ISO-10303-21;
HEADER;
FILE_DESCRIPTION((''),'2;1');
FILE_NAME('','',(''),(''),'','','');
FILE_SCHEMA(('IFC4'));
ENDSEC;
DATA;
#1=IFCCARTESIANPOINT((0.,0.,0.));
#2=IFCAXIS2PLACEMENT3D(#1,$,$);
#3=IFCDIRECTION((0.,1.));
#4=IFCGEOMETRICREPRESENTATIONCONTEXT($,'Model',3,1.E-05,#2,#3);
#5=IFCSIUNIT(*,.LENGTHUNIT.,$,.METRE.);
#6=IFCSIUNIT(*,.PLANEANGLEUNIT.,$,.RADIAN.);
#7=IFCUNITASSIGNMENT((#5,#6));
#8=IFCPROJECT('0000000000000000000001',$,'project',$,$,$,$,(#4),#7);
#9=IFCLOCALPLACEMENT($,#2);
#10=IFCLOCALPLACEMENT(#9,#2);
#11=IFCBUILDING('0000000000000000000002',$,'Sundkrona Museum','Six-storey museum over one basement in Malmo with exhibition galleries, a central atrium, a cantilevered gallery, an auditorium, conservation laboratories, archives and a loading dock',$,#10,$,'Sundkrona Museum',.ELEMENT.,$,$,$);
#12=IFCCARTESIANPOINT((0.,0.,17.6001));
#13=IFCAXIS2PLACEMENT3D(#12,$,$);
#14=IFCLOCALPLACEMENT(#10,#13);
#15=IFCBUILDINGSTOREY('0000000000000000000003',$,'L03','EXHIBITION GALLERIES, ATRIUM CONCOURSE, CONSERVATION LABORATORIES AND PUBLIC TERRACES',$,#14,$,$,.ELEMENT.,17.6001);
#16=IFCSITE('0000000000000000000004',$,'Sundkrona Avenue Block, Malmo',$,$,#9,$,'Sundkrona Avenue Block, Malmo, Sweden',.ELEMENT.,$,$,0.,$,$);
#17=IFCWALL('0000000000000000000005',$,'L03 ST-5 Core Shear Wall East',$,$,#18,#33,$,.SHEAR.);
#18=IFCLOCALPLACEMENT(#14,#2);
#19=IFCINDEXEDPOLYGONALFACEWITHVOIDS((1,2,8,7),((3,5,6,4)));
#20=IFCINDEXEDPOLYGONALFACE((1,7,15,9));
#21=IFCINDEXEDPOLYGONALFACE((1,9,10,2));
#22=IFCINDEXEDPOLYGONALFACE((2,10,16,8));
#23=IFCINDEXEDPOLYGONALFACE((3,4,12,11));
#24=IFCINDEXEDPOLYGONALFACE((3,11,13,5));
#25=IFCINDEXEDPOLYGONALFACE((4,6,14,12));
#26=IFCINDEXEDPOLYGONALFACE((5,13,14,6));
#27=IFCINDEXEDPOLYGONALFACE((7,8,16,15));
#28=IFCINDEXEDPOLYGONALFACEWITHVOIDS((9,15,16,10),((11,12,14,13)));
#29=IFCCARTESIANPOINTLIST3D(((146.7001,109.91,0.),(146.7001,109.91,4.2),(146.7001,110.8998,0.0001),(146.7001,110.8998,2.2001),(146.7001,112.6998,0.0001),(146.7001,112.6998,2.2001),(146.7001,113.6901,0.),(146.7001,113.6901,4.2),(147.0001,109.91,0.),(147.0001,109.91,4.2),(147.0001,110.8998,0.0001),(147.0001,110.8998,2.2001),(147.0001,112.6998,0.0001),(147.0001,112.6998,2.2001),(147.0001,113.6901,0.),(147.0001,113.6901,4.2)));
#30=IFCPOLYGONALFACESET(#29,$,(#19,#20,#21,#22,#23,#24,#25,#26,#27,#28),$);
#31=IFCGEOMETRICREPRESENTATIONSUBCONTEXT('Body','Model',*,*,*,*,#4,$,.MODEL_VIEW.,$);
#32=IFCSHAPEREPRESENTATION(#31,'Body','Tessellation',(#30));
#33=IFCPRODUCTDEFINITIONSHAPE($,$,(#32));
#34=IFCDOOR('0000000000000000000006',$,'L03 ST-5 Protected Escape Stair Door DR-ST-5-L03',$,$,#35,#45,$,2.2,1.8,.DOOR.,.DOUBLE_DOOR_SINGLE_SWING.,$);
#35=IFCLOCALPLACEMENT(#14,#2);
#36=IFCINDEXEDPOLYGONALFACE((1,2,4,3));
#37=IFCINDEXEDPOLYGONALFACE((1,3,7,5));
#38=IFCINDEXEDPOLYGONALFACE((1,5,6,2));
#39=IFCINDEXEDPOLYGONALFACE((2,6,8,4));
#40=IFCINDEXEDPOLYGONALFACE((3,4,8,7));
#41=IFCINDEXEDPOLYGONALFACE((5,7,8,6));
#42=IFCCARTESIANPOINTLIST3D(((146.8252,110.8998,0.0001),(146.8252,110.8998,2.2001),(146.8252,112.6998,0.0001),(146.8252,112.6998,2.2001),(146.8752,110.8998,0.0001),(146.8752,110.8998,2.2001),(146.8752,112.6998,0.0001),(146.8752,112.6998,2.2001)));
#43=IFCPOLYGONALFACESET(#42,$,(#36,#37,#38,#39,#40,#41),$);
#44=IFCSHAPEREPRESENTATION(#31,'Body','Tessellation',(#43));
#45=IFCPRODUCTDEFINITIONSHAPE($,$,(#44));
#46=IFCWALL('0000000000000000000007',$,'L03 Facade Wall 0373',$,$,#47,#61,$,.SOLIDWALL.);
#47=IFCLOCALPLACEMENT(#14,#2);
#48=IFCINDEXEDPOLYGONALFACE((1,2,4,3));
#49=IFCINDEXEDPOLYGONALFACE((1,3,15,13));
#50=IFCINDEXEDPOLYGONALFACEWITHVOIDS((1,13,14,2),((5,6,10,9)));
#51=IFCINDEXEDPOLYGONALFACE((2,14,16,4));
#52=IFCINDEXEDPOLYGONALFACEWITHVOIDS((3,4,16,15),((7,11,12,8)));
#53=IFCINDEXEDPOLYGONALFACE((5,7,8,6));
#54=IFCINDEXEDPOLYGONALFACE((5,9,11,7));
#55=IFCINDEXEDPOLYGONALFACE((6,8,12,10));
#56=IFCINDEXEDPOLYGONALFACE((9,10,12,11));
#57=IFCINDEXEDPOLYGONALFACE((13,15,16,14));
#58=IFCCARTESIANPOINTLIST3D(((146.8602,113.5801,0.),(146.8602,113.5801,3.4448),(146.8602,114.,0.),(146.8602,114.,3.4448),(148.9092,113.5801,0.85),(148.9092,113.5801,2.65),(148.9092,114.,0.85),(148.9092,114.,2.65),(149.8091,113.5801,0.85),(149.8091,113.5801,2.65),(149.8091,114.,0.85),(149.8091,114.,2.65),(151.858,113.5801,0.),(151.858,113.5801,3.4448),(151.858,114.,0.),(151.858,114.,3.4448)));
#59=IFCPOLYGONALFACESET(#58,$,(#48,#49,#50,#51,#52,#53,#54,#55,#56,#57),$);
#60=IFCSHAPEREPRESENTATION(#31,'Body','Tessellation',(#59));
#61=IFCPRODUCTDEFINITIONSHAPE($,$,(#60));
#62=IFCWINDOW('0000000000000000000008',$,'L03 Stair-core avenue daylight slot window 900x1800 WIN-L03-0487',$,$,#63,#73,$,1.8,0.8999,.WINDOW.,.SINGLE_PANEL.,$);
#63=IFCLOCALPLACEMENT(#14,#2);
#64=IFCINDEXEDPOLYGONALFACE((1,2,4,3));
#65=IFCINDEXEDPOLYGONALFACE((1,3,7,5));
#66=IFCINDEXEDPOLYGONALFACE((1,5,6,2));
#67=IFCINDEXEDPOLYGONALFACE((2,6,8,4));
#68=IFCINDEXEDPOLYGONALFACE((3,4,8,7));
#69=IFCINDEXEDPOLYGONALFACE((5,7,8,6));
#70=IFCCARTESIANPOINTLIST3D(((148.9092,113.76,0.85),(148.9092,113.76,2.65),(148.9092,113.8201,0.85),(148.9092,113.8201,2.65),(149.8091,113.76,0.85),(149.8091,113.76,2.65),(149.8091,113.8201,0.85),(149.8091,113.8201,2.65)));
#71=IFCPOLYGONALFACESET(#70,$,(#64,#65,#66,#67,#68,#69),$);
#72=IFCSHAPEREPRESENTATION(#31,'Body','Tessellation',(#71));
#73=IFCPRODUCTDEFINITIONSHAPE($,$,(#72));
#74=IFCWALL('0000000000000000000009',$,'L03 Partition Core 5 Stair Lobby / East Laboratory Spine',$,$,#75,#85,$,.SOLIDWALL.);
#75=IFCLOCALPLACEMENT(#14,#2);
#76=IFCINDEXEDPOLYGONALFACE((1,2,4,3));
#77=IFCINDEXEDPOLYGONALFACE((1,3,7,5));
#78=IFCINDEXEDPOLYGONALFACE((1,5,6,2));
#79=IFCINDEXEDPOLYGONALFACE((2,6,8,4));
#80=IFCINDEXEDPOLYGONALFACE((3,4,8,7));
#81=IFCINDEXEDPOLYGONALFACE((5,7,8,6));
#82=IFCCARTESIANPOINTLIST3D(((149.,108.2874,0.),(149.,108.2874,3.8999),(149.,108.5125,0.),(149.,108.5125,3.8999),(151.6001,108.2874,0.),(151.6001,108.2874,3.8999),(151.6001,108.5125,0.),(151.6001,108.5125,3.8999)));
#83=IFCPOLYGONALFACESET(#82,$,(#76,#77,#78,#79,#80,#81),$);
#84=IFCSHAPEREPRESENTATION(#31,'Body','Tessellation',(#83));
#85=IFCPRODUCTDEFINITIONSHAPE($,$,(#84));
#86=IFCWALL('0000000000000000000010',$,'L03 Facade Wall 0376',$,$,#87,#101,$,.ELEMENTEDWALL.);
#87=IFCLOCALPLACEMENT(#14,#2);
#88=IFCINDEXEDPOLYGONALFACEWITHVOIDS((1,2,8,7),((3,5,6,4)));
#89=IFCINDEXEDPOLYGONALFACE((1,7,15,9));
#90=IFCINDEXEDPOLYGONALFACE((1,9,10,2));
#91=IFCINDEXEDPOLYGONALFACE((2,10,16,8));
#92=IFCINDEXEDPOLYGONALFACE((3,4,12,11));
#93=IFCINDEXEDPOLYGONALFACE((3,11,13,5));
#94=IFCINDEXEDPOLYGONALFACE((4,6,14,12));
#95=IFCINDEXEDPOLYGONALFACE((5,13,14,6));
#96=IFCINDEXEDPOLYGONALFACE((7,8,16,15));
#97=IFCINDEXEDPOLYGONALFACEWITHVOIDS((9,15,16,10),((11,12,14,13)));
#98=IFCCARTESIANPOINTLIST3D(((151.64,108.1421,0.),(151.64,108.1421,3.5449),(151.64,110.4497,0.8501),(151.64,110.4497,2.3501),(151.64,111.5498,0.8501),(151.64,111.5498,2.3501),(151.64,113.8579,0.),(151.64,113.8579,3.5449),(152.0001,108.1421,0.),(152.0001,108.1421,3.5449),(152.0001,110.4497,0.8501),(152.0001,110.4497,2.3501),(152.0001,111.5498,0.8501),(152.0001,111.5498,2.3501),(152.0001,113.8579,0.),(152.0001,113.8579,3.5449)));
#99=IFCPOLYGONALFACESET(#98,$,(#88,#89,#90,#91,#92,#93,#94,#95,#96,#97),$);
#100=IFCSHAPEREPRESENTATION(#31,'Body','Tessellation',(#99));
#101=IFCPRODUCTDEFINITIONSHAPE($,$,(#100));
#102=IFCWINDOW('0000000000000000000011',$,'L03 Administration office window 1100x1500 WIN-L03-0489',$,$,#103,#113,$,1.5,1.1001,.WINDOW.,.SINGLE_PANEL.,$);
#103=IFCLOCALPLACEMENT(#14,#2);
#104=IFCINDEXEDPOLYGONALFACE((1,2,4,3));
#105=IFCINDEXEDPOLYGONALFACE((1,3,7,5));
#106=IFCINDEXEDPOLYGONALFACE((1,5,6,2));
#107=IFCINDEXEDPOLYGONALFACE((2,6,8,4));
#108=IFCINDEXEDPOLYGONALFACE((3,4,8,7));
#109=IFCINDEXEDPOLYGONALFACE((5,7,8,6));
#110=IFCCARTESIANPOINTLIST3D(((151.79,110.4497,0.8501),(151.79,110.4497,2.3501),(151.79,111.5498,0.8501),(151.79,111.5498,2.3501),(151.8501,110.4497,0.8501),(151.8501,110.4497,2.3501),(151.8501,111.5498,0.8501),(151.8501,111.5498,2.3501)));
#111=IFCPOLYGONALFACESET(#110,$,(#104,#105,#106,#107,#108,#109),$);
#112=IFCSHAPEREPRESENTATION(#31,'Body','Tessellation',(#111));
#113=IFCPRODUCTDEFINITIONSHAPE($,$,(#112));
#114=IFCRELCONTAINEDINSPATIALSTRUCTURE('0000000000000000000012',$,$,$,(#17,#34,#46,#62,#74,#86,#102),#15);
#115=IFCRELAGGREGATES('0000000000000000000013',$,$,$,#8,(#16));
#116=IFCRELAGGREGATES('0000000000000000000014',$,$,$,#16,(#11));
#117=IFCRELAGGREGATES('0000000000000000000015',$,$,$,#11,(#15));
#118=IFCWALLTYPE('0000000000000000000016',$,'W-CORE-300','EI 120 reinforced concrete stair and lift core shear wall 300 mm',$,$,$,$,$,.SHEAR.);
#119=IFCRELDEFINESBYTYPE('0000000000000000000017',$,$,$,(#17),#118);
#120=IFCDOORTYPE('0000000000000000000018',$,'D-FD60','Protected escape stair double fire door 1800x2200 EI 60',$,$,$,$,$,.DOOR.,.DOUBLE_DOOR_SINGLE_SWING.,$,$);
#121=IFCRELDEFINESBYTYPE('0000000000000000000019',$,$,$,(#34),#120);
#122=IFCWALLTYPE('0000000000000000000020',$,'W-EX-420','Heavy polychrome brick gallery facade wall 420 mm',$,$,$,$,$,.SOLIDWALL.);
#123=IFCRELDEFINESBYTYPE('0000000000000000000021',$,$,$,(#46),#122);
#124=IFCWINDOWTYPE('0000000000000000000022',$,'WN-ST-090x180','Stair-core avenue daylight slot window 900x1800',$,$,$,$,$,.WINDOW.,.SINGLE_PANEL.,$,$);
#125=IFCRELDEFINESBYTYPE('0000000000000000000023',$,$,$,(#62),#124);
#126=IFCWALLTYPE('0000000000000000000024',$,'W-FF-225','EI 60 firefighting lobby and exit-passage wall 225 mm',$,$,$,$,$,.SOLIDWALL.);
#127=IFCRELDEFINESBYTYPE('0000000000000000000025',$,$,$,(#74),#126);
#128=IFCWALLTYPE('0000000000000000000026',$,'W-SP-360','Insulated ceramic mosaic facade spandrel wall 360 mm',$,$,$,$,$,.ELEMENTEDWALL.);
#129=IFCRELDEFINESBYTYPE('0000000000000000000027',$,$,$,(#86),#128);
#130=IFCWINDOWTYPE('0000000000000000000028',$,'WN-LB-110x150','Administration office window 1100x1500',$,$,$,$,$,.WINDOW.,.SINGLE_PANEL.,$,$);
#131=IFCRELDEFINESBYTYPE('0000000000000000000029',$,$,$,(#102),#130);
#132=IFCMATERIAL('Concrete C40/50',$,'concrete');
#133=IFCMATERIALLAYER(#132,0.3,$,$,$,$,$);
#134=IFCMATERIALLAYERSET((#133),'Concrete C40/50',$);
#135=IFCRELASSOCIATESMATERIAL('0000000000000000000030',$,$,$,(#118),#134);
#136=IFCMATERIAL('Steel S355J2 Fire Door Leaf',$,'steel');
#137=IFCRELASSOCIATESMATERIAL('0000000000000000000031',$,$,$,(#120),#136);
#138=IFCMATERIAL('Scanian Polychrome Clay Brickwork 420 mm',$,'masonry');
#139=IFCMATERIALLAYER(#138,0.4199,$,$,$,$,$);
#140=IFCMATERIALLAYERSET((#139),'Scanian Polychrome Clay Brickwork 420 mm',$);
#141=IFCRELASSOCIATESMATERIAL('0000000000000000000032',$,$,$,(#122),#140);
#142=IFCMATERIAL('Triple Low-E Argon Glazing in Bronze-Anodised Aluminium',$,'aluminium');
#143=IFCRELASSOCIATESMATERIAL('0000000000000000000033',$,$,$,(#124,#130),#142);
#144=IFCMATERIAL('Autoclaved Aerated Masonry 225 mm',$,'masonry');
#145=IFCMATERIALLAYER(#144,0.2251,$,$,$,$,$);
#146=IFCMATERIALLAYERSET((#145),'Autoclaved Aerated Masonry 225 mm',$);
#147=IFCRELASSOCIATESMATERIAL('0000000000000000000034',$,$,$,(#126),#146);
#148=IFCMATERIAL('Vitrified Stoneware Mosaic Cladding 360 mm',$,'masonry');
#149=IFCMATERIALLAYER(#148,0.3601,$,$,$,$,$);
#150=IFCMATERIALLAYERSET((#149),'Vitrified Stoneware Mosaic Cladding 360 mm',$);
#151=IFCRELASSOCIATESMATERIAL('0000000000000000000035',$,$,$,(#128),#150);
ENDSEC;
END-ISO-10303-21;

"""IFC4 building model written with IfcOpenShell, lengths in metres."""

from ifc_helpers import new_model, si_unit, direction, frame, frame_2d, origin, place, context, subcontext, project, spatial, rectangle, extrude, material, layer, layer_set, type_object, element, fill, save


model = new_model("IFC4")

# Units and contexts
model_context = context("Model", 3, precision=1e-05, world=origin(), true_north=direction((0.0, 1.0)))
body_context = subcontext(model_context, "Body", "Model", "MODEL_VIEW")
ifc_project = project(units=[si_unit("LENGTHUNIT", "METRE"), si_unit("PLANEANGLEUNIT", "RADIAN")], contexts=[model_context])

# Site, building, storey
site_placement = place(None, origin())
site = spatial("IfcSite", under=ifc_project, at=site_placement, Name="Sundkrona Avenue Block, Malmo", LongName="Sundkrona Avenue Block, Malmo, Sweden", CompositionType="ELEMENT", RefElevation=0.0)
building_placement = place(site_placement, origin())
building = spatial("IfcBuilding", under=site, at=building_placement, Name="Sundkrona Museum", Description="Six-storey museum over one basement in Malmo with exhibition galleries, a central atrium, a cantilevered gallery, an auditorium, conservation laboratories, archives and a loading dock", LongName="Sundkrona Museum", CompositionType="ELEMENT")
storey_placement = place(building_placement, frame((0.0, 0.0, 17.6001)))
storey = spatial("IfcBuildingStorey", under=building, at=storey_placement, Name="L03", Description="EXHIBITION GALLERIES, ATRIUM CONCOURSE, CONSERVATION LABORATORIES AND PUBLIC TERRACES", CompositionType="ELEMENT", Elevation=17.6001)

# Wall, opening, door
ifc_material_1 = material(Name="Concrete C40/50", Category="concrete")
ifc_layer_1 = layer(ifc_material_1, 0.3)
ifc_layer_set_1 = layer_set([ifc_layer_1], Name="Concrete C40/50")
wall_type_1 = type_object("IfcWallType", Name="W-CORE-300", Description="EI 120 reinforced concrete stair and lift core shear wall 300 mm", PredefinedType="SHEAR", material=ifc_layer_set_1)
wall_1_placement = place(storey_placement, frame((146.8501, 109.9099, 0.0), z_axis=(0.0, 0.0, 1.0), x_axis=(0.0, 1.0, 0.0)))
wall_1 = element("IfcWall", 1, at=wall_1_placement, inside=storey, type_object=wall_type_1, Name="L03 ST-5 Core Shear Wall East", PredefinedType="SHEAR", context=body_context, shape_type="SweptSolid", body=[
    extrude(rectangle(XDim=3.78, YDim=0.3, at=frame_2d((1.8901, 0.0))), origin(), (0.0, 0.0, 1.0), 4.2),
])
opening_1_placement = place(wall_1_placement, frame((0.99, 0.0, 0.0)))
opening_1 = element("IfcOpeningElement", 2, at=opening_1_placement, cuts=wall_1, PredefinedType="OPENING", context=body_context, shape_type="SweptSolid", body=[
    extrude(rectangle(XDim=1.8, YDim=2.2, at=frame_2d((0.8999, 1.1001))), frame((0.0, 0.1599, 0.0), z_axis=(0.0, -1.0, 0.0), x_axis=(1.0, 0.0, 0.0)), (0.0, 0.0, 1.0), 0.3201),
])
ifc_material_2 = material(Name="Steel S355J2 Fire Door Leaf", Category="steel")
door_type = type_object("IfcDoorType", Name="D-FD60", Description="Protected escape stair double fire door 1800x2200 EI 60", OperationType="DOUBLE_DOOR_SINGLE_SWING", PredefinedType="DOOR", material=ifc_material_2)
door_placement = place(opening_1_placement, origin())
door = element("IfcDoor", 3, at=door_placement, inside=storey, type_object=door_type, Name="L03 ST-5 Protected Escape Stair Door DR-ST-5-L03", OperationType="DOUBLE_DOOR_SINGLE_SWING", OverallHeight=2.2, OverallWidth=1.8, PredefinedType="DOOR", context=body_context, shape_type="SweptSolid", body=[
    extrude(rectangle(XDim=1.8, YDim=2.2, at=frame_2d((0.8999, 1.1001))), frame((0.0, 0.0249, 0.0), z_axis=(0.0, -1.0, 0.0), x_axis=(1.0, 0.0, 0.0)), (0.0, 0.0, 1.0), 0.05),
])
fill(opening_1, door)

# Wall, opening, window
ifc_material_3 = material(Name="Scanian Polychrome Clay Brickwork 420 mm", Category="masonry")
ifc_layer_2 = layer(ifc_material_3, 0.4199)
ifc_layer_set_2 = layer_set([ifc_layer_2], Name="Scanian Polychrome Clay Brickwork 420 mm")
wall_type_2 = type_object("IfcWallType", Name="W-EX-420", Description="Heavy polychrome brick gallery facade wall 420 mm", PredefinedType="SOLIDWALL", material=ifc_layer_set_2)
wall_2_placement = place(storey_placement, frame((146.8601, 113.79, 0.0), z_axis=(0.0, 0.0, 1.0), x_axis=(1.0, 0.0, 0.0)))
wall_2 = element("IfcWall", 4, at=wall_2_placement, inside=storey, type_object=wall_type_2, Name="L03 Facade Wall 0373", PredefinedType="SOLIDWALL", context=body_context, shape_type="SweptSolid", body=[
    extrude(rectangle(XDim=4.9978, YDim=0.4199, at=frame_2d((2.499, 0.0))), origin(), (0.0, 0.0, 1.0), 3.4448),
])
opening_2_placement = place(wall_2_placement, frame((2.0491, 0.0, 0.8501)))
opening_2 = element("IfcOpeningElement", 5, at=opening_2_placement, cuts=wall_2, PredefinedType="OPENING", context=body_context, shape_type="SweptSolid", body=[
    extrude(rectangle(XDim=0.8999, YDim=1.8, at=frame_2d((0.45, 0.8999))), frame((0.0, 0.22, 0.0), z_axis=(0.0, -1.0, 0.0), x_axis=(1.0, 0.0, 0.0)), (0.0, 0.0, 1.0), 0.4399),
])
ifc_material_4 = material(Name="Triple Low-E Argon Glazing in Bronze-Anodised Aluminium", Category="aluminium")
window_type_1 = type_object("IfcWindowType", Name="WN-ST-090x180", Description="Stair-core avenue daylight slot window 900x1800", PartitioningType="SINGLE_PANEL", PredefinedType="WINDOW", material=ifc_material_4)
window_1_placement = place(opening_2_placement, origin())
window_1 = element("IfcWindow", 6, at=window_1_placement, inside=storey, type_object=window_type_1, Name="L03 Stair-core avenue daylight slot window 900x1800 WIN-L03-0487", OverallHeight=1.8, OverallWidth=0.8999, PartitioningType="SINGLE_PANEL", PredefinedType="WINDOW", context=body_context, shape_type="SweptSolid", body=[
    extrude(rectangle(XDim=0.8999, YDim=1.8, at=frame_2d((0.45, 0.8999))), frame((0.0, 0.03, 0.0), z_axis=(0.0, -1.0, 0.0), x_axis=(1.0, 0.0, 0.0)), (0.0, 0.0, 1.0), 0.0601),
])
fill(opening_2, window_1)

# Wall
ifc_material_5 = material(Name="Autoclaved Aerated Masonry 225 mm", Category="masonry")
ifc_layer_3 = layer(ifc_material_5, 0.2251)
ifc_layer_set_3 = layer_set([ifc_layer_3], Name="Autoclaved Aerated Masonry 225 mm")
wall_type_3 = type_object("IfcWallType", Name="W-FF-225", Description="EI 60 firefighting lobby and exit-passage wall 225 mm", PredefinedType="SOLIDWALL", material=ifc_layer_set_3)
wall_3_placement = place(storey_placement, frame((149.0, 108.3999, 0.0), z_axis=(0.0, 0.0, 1.0), x_axis=(1.0, 0.0, 0.0)))
element("IfcWall", 7, at=wall_3_placement, inside=storey, type_object=wall_type_3, Name="L03 Partition Core 5 Stair Lobby / East Laboratory Spine", PredefinedType="SOLIDWALL", context=body_context, shape_type="SweptSolid", body=[
    extrude(rectangle(XDim=2.6001, YDim=0.2251, at=frame_2d((1.3, 0.0))), origin(), (0.0, 0.0, 1.0), 3.8999),
])

# Wall, opening, window
ifc_material_6 = material(Name="Vitrified Stoneware Mosaic Cladding 360 mm", Category="masonry")
ifc_layer_4 = layer(ifc_material_6, 0.3601)
ifc_layer_set_4 = layer_set([ifc_layer_4], Name="Vitrified Stoneware Mosaic Cladding 360 mm")
wall_type_4 = type_object("IfcWallType", Name="W-SP-360", Description="Insulated ceramic mosaic facade spandrel wall 360 mm", PredefinedType="ELEMENTEDWALL", material=ifc_layer_set_4)
wall_4_placement = place(storey_placement, frame((151.8201, 113.8579, 0.0), z_axis=(0.0, 0.0, 1.0), x_axis=(0.0, -1.0, 0.0)))
wall_4 = element("IfcWall", 8, at=wall_4_placement, inside=storey, type_object=wall_type_4, Name="L03 Facade Wall 0376", PredefinedType="ELEMENTEDWALL", context=body_context, shape_type="SweptSolid", body=[
    extrude(rectangle(XDim=5.7158, YDim=0.3601, at=frame_2d((2.8579, 0.0))), origin(), (0.0, 0.0, 1.0), 3.5449),
])
opening_3_placement = place(wall_4_placement, frame((2.3081, 0.0, 0.8501)))
opening_3 = element("IfcOpeningElement", 9, at=opening_3_placement, cuts=wall_4, PredefinedType="OPENING", context=body_context, shape_type="SweptSolid", body=[
    extrude(rectangle(XDim=1.1001, YDim=1.5, at=frame_2d((0.55, 0.75))), frame((0.0, 0.1899, 0.0), z_axis=(0.0, -1.0, 0.0), x_axis=(1.0, 0.0, 0.0)), (0.0, 0.0, 1.0), 0.3801),
])
window_type_2 = type_object("IfcWindowType", Name="WN-LB-110x150", Description="Administration office window 1100x1500", PartitioningType="SINGLE_PANEL", PredefinedType="WINDOW", material=ifc_material_4)
window_2_placement = place(opening_3_placement, origin())
window_2 = element("IfcWindow", 10, at=window_2_placement, inside=storey, type_object=window_type_2, Name="L03 Administration office window 1100x1500 WIN-L03-0489", OverallHeight=1.5, OverallWidth=1.1001, PartitioningType="SINGLE_PANEL", PredefinedType="WINDOW", context=body_context, shape_type="SweptSolid", body=[
    extrude(rectangle(XDim=1.1001, YDim=1.5, at=frame_2d((0.55, 0.75))), frame((0.0, 0.03, 0.0), z_axis=(0.0, -1.0, 0.0), x_axis=(1.0, 0.0, 0.0)), (0.0, 0.0, 1.0), 0.0601),
])
fill(opening_3, window_2)

save(model, "model.ifc")
